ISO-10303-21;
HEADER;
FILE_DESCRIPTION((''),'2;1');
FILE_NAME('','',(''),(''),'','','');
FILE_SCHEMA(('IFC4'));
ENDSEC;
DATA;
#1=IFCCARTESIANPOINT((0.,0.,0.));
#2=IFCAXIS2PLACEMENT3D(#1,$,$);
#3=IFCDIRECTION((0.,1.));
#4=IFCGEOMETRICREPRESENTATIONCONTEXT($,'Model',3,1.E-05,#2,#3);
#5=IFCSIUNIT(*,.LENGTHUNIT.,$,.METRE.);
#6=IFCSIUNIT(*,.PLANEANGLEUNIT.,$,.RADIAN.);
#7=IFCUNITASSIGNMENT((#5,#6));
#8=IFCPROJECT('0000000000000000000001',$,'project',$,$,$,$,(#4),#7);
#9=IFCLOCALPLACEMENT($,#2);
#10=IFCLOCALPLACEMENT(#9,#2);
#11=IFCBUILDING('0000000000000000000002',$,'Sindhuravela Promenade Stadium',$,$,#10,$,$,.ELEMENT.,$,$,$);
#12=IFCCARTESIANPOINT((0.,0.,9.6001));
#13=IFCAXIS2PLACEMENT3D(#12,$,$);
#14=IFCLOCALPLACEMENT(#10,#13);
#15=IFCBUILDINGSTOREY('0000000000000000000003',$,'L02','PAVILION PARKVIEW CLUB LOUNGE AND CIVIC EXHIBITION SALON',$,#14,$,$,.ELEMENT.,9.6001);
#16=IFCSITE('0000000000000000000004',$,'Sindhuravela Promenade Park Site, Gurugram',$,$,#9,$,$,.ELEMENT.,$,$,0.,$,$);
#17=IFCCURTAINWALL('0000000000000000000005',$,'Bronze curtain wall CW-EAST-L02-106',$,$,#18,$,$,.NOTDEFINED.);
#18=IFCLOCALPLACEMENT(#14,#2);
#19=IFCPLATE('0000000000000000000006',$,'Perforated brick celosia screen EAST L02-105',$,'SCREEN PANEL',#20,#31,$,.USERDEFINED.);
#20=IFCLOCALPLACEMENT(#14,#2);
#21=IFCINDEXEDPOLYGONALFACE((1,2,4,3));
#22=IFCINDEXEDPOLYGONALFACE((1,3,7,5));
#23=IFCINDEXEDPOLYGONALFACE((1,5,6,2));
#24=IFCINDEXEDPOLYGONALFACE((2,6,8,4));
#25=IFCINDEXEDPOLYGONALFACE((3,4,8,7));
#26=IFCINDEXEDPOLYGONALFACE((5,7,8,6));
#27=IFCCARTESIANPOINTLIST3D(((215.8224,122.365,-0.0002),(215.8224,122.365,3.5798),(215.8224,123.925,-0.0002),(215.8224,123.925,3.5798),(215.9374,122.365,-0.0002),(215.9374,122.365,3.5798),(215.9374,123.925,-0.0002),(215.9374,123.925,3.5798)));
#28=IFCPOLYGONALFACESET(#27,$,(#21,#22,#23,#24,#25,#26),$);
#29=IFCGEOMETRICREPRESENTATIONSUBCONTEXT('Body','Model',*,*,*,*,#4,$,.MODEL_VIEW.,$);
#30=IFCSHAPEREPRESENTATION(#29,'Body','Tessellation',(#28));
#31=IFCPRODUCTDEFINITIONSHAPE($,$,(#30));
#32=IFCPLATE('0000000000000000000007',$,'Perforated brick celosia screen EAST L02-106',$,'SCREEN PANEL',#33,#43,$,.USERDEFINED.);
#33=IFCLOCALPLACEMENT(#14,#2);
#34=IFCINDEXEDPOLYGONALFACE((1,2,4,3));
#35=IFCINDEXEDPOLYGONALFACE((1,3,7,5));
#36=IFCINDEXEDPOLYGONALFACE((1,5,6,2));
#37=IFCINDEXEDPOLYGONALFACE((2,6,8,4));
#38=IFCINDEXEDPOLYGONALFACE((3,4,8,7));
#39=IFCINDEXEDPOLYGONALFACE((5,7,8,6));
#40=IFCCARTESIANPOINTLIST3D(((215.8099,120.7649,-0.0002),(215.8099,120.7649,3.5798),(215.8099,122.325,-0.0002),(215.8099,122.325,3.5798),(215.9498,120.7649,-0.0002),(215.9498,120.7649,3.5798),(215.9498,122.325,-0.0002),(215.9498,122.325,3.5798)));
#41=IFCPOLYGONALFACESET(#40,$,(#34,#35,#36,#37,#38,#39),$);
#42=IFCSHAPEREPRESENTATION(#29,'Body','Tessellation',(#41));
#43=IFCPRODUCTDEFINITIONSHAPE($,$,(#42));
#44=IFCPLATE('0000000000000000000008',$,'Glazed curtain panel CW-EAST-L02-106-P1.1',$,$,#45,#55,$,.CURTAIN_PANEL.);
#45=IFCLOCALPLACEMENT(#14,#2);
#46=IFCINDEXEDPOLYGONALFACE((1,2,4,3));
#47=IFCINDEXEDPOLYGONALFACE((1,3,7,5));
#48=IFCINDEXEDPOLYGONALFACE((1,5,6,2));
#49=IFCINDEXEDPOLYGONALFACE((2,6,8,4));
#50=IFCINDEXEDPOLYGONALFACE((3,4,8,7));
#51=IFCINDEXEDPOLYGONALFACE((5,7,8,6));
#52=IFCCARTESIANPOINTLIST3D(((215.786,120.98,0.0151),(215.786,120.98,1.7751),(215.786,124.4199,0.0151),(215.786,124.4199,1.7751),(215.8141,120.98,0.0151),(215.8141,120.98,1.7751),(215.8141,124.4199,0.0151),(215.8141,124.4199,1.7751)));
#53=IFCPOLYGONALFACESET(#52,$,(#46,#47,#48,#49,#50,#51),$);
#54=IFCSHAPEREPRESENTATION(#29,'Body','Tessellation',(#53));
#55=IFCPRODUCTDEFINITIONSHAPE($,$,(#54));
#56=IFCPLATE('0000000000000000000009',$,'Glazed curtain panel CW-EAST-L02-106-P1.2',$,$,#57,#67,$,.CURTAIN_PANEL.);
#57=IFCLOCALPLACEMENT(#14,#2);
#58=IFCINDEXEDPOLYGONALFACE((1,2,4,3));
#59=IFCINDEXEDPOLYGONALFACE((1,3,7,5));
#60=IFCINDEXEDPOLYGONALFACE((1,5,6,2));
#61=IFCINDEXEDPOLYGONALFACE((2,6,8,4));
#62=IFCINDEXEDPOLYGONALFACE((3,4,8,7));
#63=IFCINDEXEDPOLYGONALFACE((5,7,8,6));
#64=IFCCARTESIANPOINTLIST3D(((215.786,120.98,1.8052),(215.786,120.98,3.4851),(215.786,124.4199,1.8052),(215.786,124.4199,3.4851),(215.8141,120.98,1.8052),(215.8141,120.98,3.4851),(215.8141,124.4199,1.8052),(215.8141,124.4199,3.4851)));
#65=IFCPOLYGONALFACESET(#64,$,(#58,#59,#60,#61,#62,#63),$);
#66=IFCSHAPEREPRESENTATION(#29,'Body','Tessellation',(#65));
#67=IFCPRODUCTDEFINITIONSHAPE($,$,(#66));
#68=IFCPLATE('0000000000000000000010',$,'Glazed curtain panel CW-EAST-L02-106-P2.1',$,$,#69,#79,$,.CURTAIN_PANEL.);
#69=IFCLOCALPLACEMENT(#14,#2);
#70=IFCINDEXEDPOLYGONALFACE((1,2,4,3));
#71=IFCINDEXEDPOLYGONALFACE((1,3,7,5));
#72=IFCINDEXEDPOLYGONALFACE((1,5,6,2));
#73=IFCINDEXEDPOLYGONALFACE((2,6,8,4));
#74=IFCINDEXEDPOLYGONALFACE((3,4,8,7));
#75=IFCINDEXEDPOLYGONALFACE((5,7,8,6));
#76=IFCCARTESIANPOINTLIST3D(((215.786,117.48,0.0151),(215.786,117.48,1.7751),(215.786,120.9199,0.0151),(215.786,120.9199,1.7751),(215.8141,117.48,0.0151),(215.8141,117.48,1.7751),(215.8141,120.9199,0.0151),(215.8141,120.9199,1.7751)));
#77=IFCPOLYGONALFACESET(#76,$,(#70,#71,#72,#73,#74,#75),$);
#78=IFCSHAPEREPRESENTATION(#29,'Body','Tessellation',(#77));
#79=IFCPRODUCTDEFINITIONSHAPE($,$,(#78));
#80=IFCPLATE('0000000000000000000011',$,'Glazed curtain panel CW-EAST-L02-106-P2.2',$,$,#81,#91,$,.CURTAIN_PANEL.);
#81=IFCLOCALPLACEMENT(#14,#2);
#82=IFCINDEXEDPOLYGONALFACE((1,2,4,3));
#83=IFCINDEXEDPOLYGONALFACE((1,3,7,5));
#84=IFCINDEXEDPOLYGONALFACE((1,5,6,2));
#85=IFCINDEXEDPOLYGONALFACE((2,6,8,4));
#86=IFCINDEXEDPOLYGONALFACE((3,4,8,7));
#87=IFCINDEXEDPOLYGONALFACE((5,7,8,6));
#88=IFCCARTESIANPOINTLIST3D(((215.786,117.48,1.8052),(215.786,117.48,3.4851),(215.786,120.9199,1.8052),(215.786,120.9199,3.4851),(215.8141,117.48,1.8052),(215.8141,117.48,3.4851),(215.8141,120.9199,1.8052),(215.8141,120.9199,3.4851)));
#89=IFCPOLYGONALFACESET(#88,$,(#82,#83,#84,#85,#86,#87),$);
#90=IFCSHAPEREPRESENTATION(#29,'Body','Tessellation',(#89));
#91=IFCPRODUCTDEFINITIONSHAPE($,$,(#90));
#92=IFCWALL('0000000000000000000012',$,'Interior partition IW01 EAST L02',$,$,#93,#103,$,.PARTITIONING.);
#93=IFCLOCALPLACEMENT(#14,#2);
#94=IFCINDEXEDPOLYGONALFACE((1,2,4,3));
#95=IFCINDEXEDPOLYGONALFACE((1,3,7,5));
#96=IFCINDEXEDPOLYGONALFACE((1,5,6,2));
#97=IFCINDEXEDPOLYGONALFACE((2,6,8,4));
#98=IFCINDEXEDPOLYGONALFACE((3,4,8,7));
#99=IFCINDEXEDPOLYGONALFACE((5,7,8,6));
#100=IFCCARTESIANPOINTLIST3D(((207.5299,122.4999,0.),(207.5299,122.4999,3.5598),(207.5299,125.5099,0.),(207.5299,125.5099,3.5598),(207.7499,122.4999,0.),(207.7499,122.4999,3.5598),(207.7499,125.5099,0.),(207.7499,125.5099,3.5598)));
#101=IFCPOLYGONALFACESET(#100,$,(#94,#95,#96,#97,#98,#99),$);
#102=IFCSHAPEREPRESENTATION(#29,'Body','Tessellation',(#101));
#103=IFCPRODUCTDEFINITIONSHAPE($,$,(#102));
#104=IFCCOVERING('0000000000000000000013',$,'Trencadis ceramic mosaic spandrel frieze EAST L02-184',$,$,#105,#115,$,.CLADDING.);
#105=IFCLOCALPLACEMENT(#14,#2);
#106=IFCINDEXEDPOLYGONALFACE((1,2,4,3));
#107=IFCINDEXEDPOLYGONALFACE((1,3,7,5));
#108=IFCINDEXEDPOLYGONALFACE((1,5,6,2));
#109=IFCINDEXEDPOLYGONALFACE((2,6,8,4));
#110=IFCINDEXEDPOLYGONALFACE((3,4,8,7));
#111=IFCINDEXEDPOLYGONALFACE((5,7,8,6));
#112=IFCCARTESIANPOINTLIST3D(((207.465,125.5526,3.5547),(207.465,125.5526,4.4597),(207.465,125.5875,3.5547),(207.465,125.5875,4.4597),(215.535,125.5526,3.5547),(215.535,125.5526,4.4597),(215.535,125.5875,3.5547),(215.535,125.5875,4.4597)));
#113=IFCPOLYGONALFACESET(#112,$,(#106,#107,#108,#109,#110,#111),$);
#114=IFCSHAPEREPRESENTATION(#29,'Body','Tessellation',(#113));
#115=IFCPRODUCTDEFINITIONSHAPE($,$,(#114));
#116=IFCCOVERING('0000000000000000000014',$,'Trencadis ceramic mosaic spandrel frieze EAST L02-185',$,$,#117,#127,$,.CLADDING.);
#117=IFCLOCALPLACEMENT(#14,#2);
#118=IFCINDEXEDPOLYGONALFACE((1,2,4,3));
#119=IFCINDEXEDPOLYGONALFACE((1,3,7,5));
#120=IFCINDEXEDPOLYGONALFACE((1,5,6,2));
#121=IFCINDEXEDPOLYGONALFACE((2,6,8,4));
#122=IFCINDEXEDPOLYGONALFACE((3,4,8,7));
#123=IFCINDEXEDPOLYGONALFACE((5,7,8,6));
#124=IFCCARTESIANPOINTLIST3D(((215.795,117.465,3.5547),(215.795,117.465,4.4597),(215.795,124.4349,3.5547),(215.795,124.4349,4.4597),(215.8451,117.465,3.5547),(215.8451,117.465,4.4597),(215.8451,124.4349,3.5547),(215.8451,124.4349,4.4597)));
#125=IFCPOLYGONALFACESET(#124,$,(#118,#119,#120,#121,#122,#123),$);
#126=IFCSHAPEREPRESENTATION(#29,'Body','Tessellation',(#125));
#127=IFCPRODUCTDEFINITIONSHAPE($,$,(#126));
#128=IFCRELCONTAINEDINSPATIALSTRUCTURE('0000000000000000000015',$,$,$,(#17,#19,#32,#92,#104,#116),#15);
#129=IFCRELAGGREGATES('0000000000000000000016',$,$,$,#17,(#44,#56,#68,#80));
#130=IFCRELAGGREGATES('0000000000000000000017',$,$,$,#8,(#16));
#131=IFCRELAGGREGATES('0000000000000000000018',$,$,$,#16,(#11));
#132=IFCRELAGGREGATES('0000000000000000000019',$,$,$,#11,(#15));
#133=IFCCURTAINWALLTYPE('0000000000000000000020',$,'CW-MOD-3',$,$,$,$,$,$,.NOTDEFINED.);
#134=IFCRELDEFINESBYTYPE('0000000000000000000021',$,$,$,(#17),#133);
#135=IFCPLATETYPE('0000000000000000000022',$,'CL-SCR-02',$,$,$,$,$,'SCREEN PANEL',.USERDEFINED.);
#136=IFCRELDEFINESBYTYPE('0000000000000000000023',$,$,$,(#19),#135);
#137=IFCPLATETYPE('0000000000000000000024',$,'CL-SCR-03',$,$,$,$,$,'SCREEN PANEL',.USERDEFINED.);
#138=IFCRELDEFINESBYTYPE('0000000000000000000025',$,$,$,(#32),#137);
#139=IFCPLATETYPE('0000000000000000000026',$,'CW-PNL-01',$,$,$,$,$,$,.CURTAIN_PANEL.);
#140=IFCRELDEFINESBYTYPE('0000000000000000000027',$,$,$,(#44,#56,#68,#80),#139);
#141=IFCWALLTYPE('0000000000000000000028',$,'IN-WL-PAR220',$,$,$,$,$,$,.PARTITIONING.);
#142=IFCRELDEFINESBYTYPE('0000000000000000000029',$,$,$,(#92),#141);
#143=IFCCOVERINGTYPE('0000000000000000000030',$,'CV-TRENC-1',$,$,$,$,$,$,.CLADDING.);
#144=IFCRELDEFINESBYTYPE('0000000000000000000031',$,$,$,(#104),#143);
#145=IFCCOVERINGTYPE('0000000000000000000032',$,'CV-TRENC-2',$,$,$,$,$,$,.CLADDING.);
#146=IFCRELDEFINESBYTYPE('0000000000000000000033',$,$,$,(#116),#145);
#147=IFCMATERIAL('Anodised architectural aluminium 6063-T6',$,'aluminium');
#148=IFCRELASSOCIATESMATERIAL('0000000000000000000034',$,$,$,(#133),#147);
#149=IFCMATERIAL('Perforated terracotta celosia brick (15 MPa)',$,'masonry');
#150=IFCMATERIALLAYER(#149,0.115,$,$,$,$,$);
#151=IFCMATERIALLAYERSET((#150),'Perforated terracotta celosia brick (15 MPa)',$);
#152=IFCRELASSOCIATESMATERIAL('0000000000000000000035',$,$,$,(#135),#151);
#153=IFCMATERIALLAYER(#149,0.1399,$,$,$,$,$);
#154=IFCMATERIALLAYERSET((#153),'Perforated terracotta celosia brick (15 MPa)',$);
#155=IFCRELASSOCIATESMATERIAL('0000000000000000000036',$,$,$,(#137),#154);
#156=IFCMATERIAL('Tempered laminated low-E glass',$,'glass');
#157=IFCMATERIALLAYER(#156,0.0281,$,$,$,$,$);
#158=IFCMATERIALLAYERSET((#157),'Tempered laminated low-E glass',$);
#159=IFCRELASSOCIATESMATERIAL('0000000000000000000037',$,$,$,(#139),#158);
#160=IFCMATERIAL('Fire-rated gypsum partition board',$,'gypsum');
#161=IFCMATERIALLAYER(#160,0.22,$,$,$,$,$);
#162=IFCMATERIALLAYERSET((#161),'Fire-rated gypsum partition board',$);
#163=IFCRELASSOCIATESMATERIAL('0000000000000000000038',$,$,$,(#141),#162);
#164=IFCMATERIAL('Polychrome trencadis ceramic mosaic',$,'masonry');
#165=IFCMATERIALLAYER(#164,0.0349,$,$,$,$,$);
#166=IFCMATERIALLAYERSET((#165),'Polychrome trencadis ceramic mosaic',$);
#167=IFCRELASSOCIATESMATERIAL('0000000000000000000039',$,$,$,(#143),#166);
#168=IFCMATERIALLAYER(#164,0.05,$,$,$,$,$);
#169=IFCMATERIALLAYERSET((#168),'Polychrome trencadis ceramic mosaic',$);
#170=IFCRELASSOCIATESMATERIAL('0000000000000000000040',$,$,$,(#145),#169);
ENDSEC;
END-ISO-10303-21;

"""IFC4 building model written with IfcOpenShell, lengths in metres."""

from ifc_helpers import new_model, si_unit, direction, frame, frame_2d, origin, origin_2d, place, context, subcontext, project, spatial, rectangle, extrude, material, layer, layer_set, type_object, element, aggregate, save


model = new_model("IFC4")

# Units and contexts
model_context = context("Model", 3, precision=1e-05, world=origin(), true_north=direction((0.0, 1.0)))
body_context = subcontext(model_context, "Body", "Model", "MODEL_VIEW")
ifc_project = project(units=[si_unit("LENGTHUNIT", "METRE"), si_unit("PLANEANGLEUNIT", "RADIAN")], contexts=[model_context])

# Site, building, storey
site_placement = place(None, origin())
site = spatial("IfcSite", under=ifc_project, at=site_placement, Name="Sindhuravela Promenade Park Site, Gurugram", CompositionType="ELEMENT", RefElevation=0.0)
building_placement = place(site_placement, origin())
building = spatial("IfcBuilding", under=site, at=building_placement, Name="Sindhuravela Promenade Stadium", CompositionType="ELEMENT")
storey_placement = place(building_placement, frame((0.0, 0.0, 9.6001)))
storey = spatial("IfcBuildingStorey", under=building, at=storey_placement, Name="L02", Description="PAVILION PARKVIEW CLUB LOUNGE AND CIVIC EXHIBITION SALON", CompositionType="ELEMENT", Elevation=9.6001)

# Curtain wall
ifc_material_1 = material(Name="Anodised architectural aluminium 6063-T6", Category="aluminium")
curtain_wall_type = type_object("IfcCurtainWallType", Name="CW-MOD-3", PredefinedType="NOTDEFINED", material=ifc_material_1)
curtain_wall_placement = place(storey_placement, origin())
curtain_wall = element("IfcCurtainWall", 1, at=curtain_wall_placement, inside=storey, type_object=curtain_wall_type, Name="Bronze curtain wall CW-EAST-L02-106", PredefinedType="NOTDEFINED")

# Plates
ifc_material_2 = material(Name="Perforated terracotta celosia brick (15 MPa)", Category="masonry")
ifc_layer_1 = layer(ifc_material_2, 0.115)
ifc_layer_set_1 = layer_set([ifc_layer_1], Name="Perforated terracotta celosia brick (15 MPa)")
plate_type_1 = type_object("IfcPlateType", Name="CL-SCR-02", ElementType="SCREEN PANEL", PredefinedType="USERDEFINED", material=ifc_layer_set_1)
plate_1_placement = place(storey_placement, frame((215.8799, 123.145, -0.0002), z_axis=(0.0, 0.0, 1.0), x_axis=(0.0, -1.0, 0.0)))
element("IfcPlate", 2, at=plate_1_placement, inside=storey, type_object=plate_type_1, Name="Perforated brick celosia screen EAST L02-105", ObjectType="SCREEN PANEL", PredefinedType="USERDEFINED", context=body_context, shape_type="SweptSolid", body=[
    extrude(rectangle(XDim=1.5601, YDim=0.115, at=origin_2d()), origin(), (0.0, 0.0, 1.0), 3.5801),
])
ifc_layer_2 = layer(ifc_material_2, 0.1399)
ifc_layer_set_2 = layer_set([ifc_layer_2], Name="Perforated terracotta celosia brick (15 MPa)")
plate_type_2 = type_object("IfcPlateType", Name="CL-SCR-03", ElementType="SCREEN PANEL", PredefinedType="USERDEFINED", material=ifc_layer_set_2)
plate_2_placement = place(storey_placement, frame((215.8799, 121.5449, -0.0002), z_axis=(0.0, 0.0, 1.0), x_axis=(0.0, -1.0, 0.0)))
element("IfcPlate", 3, at=plate_2_placement, inside=storey, type_object=plate_type_2, Name="Perforated brick celosia screen EAST L02-106", ObjectType="SCREEN PANEL", PredefinedType="USERDEFINED", context=body_context, shape_type="SweptSolid", body=[
    extrude(rectangle(XDim=1.5601, YDim=0.1399, at=origin_2d()), origin(), (0.0, 0.0, 1.0), 3.5801),
])

# Plates
ifc_material_3 = material(Name="Tempered laminated low-E glass", Category="glass")
ifc_layer_3 = layer(ifc_material_3, 0.0281)
ifc_layer_set_3 = layer_set([ifc_layer_3], Name="Tempered laminated low-E glass")
plate_type_3 = type_object("IfcPlateType", Name="CW-PNL-01", PredefinedType="CURTAIN_PANEL", material=ifc_layer_set_3)
plate_3_placement = place(storey_placement, frame((215.8, 122.7, 0.0151), z_axis=(0.0, 0.0, 1.0), x_axis=(0.0, -1.0, 0.0)))
plate_3 = element("IfcPlate", 4, at=plate_3_placement, type_object=plate_type_3, Name="Glazed curtain panel CW-EAST-L02-106-P1.1", PredefinedType="CURTAIN_PANEL", context=body_context, shape_type="SweptSolid", body=[
    extrude(rectangle(XDim=3.4399, YDim=0.0281, at=origin_2d()), origin(), (0.0, 0.0, 1.0), 1.76),
])
plate_4_placement = place(storey_placement, frame((215.8, 122.7, 1.8052), z_axis=(0.0, 0.0, 1.0), x_axis=(0.0, -1.0, 0.0)))
plate_4 = element("IfcPlate", 5, at=plate_4_placement, type_object=plate_type_3, Name="Glazed curtain panel CW-EAST-L02-106-P1.2", PredefinedType="CURTAIN_PANEL", context=body_context, shape_type="SweptSolid", body=[
    extrude(rectangle(XDim=3.4399, YDim=0.0281, at=origin_2d()), origin(), (0.0, 0.0, 1.0), 1.6799),
])
plate_5_placement = place(storey_placement, frame((215.8, 119.2, 0.0151), z_axis=(0.0, 0.0, 1.0), x_axis=(0.0, -1.0, 0.0)))
plate_5 = element("IfcPlate", 6, at=plate_5_placement, type_object=plate_type_3, Name="Glazed curtain panel CW-EAST-L02-106-P2.1", PredefinedType="CURTAIN_PANEL", context=body_context, shape_type="SweptSolid", body=[
    extrude(rectangle(XDim=3.4399, YDim=0.0281, at=origin_2d()), origin(), (0.0, 0.0, 1.0), 1.76),
])
plate_6_placement = place(storey_placement, frame((215.8, 119.2, 1.8052), z_axis=(0.0, 0.0, 1.0), x_axis=(0.0, -1.0, 0.0)))
plate_6 = element("IfcPlate", 7, at=plate_6_placement, type_object=plate_type_3, Name="Glazed curtain panel CW-EAST-L02-106-P2.2", PredefinedType="CURTAIN_PANEL", context=body_context, shape_type="SweptSolid", body=[
    extrude(rectangle(XDim=3.4399, YDim=0.0281, at=origin_2d()), origin(), (0.0, 0.0, 1.0), 1.6799),
])
aggregate(curtain_wall, [plate_3, plate_4, plate_5, plate_6])

# Wall
ifc_material_4 = material(Name="Fire-rated gypsum partition board", Category="gypsum")
ifc_layer_4 = layer(ifc_material_4, 0.22)
ifc_layer_set_4 = layer_set([ifc_layer_4], Name="Fire-rated gypsum partition board")
wall_type_1 = type_object("IfcWallType", Name="IN-WL-PAR220", PredefinedType="PARTITIONING", material=ifc_layer_set_4)
wall_1_placement = place(storey_placement, frame((207.6399, 122.5, 0.0), z_axis=(0.0, 0.0, 1.0), x_axis=(0.0, 1.0, 0.0)))
element("IfcWall", 8, at=wall_1_placement, inside=storey, type_object=wall_type_1, Name="Interior partition IW01 EAST L02", PredefinedType="PARTITIONING", context=body_context, shape_type="SweptSolid", body=[
    extrude(rectangle(XDim=3.01, YDim=0.22, at=frame_2d((1.5049, 0.0))), origin(), (0.0, 0.0, 1.0), 3.5598),
])

# Coverings
ifc_material_5 = material(Name="Polychrome trencadis ceramic mosaic", Category="masonry")
ifc_layer_5 = layer(ifc_material_5, 0.0349)
ifc_layer_set_5 = layer_set([ifc_layer_5], Name="Polychrome trencadis ceramic mosaic")
covering_type_1 = type_object("IfcCoveringType", Name="CV-TRENC-1", PredefinedType="CLADDING", material=ifc_layer_set_5)
covering_1_placement = place(storey_placement, frame((211.5, 125.5701, 3.5547), z_axis=(0.0, 0.0, 1.0), x_axis=(1.0, 0.0, 0.0)))
element("IfcCovering", 9, at=covering_1_placement, inside=storey, type_object=covering_type_1, Name="Trencadis ceramic mosaic spandrel frieze EAST L02-184", PredefinedType="CLADDING", context=body_context, shape_type="SweptSolid", body=[
    extrude(rectangle(XDim=8.0701, YDim=0.0349, at=origin_2d()), origin(), (0.0, 0.0, 1.0), 0.905),
])
ifc_layer_6 = layer(ifc_material_5, 0.05)
ifc_layer_set_6 = layer_set([ifc_layer_6], Name="Polychrome trencadis ceramic mosaic")
covering_type_2 = type_object("IfcCoveringType", Name="CV-TRENC-2", PredefinedType="CLADDING", material=ifc_layer_set_6)
covering_2_placement = place(storey_placement, frame((215.8201, 120.95, 3.5547), z_axis=(0.0, 0.0, 1.0), x_axis=(0.0, -1.0, 0.0)))
element("IfcCovering", 10, at=covering_2_placement, inside=storey, type_object=covering_type_2, Name="Trencadis ceramic mosaic spandrel frieze EAST L02-185", PredefinedType="CLADDING", context=body_context, shape_type="SweptSolid", body=[
    extrude(rectangle(XDim=6.97, YDim=0.05, at=origin_2d()), origin(), (0.0, 0.0, 1.0), 0.905),
])

save(model, "model.ifc")
